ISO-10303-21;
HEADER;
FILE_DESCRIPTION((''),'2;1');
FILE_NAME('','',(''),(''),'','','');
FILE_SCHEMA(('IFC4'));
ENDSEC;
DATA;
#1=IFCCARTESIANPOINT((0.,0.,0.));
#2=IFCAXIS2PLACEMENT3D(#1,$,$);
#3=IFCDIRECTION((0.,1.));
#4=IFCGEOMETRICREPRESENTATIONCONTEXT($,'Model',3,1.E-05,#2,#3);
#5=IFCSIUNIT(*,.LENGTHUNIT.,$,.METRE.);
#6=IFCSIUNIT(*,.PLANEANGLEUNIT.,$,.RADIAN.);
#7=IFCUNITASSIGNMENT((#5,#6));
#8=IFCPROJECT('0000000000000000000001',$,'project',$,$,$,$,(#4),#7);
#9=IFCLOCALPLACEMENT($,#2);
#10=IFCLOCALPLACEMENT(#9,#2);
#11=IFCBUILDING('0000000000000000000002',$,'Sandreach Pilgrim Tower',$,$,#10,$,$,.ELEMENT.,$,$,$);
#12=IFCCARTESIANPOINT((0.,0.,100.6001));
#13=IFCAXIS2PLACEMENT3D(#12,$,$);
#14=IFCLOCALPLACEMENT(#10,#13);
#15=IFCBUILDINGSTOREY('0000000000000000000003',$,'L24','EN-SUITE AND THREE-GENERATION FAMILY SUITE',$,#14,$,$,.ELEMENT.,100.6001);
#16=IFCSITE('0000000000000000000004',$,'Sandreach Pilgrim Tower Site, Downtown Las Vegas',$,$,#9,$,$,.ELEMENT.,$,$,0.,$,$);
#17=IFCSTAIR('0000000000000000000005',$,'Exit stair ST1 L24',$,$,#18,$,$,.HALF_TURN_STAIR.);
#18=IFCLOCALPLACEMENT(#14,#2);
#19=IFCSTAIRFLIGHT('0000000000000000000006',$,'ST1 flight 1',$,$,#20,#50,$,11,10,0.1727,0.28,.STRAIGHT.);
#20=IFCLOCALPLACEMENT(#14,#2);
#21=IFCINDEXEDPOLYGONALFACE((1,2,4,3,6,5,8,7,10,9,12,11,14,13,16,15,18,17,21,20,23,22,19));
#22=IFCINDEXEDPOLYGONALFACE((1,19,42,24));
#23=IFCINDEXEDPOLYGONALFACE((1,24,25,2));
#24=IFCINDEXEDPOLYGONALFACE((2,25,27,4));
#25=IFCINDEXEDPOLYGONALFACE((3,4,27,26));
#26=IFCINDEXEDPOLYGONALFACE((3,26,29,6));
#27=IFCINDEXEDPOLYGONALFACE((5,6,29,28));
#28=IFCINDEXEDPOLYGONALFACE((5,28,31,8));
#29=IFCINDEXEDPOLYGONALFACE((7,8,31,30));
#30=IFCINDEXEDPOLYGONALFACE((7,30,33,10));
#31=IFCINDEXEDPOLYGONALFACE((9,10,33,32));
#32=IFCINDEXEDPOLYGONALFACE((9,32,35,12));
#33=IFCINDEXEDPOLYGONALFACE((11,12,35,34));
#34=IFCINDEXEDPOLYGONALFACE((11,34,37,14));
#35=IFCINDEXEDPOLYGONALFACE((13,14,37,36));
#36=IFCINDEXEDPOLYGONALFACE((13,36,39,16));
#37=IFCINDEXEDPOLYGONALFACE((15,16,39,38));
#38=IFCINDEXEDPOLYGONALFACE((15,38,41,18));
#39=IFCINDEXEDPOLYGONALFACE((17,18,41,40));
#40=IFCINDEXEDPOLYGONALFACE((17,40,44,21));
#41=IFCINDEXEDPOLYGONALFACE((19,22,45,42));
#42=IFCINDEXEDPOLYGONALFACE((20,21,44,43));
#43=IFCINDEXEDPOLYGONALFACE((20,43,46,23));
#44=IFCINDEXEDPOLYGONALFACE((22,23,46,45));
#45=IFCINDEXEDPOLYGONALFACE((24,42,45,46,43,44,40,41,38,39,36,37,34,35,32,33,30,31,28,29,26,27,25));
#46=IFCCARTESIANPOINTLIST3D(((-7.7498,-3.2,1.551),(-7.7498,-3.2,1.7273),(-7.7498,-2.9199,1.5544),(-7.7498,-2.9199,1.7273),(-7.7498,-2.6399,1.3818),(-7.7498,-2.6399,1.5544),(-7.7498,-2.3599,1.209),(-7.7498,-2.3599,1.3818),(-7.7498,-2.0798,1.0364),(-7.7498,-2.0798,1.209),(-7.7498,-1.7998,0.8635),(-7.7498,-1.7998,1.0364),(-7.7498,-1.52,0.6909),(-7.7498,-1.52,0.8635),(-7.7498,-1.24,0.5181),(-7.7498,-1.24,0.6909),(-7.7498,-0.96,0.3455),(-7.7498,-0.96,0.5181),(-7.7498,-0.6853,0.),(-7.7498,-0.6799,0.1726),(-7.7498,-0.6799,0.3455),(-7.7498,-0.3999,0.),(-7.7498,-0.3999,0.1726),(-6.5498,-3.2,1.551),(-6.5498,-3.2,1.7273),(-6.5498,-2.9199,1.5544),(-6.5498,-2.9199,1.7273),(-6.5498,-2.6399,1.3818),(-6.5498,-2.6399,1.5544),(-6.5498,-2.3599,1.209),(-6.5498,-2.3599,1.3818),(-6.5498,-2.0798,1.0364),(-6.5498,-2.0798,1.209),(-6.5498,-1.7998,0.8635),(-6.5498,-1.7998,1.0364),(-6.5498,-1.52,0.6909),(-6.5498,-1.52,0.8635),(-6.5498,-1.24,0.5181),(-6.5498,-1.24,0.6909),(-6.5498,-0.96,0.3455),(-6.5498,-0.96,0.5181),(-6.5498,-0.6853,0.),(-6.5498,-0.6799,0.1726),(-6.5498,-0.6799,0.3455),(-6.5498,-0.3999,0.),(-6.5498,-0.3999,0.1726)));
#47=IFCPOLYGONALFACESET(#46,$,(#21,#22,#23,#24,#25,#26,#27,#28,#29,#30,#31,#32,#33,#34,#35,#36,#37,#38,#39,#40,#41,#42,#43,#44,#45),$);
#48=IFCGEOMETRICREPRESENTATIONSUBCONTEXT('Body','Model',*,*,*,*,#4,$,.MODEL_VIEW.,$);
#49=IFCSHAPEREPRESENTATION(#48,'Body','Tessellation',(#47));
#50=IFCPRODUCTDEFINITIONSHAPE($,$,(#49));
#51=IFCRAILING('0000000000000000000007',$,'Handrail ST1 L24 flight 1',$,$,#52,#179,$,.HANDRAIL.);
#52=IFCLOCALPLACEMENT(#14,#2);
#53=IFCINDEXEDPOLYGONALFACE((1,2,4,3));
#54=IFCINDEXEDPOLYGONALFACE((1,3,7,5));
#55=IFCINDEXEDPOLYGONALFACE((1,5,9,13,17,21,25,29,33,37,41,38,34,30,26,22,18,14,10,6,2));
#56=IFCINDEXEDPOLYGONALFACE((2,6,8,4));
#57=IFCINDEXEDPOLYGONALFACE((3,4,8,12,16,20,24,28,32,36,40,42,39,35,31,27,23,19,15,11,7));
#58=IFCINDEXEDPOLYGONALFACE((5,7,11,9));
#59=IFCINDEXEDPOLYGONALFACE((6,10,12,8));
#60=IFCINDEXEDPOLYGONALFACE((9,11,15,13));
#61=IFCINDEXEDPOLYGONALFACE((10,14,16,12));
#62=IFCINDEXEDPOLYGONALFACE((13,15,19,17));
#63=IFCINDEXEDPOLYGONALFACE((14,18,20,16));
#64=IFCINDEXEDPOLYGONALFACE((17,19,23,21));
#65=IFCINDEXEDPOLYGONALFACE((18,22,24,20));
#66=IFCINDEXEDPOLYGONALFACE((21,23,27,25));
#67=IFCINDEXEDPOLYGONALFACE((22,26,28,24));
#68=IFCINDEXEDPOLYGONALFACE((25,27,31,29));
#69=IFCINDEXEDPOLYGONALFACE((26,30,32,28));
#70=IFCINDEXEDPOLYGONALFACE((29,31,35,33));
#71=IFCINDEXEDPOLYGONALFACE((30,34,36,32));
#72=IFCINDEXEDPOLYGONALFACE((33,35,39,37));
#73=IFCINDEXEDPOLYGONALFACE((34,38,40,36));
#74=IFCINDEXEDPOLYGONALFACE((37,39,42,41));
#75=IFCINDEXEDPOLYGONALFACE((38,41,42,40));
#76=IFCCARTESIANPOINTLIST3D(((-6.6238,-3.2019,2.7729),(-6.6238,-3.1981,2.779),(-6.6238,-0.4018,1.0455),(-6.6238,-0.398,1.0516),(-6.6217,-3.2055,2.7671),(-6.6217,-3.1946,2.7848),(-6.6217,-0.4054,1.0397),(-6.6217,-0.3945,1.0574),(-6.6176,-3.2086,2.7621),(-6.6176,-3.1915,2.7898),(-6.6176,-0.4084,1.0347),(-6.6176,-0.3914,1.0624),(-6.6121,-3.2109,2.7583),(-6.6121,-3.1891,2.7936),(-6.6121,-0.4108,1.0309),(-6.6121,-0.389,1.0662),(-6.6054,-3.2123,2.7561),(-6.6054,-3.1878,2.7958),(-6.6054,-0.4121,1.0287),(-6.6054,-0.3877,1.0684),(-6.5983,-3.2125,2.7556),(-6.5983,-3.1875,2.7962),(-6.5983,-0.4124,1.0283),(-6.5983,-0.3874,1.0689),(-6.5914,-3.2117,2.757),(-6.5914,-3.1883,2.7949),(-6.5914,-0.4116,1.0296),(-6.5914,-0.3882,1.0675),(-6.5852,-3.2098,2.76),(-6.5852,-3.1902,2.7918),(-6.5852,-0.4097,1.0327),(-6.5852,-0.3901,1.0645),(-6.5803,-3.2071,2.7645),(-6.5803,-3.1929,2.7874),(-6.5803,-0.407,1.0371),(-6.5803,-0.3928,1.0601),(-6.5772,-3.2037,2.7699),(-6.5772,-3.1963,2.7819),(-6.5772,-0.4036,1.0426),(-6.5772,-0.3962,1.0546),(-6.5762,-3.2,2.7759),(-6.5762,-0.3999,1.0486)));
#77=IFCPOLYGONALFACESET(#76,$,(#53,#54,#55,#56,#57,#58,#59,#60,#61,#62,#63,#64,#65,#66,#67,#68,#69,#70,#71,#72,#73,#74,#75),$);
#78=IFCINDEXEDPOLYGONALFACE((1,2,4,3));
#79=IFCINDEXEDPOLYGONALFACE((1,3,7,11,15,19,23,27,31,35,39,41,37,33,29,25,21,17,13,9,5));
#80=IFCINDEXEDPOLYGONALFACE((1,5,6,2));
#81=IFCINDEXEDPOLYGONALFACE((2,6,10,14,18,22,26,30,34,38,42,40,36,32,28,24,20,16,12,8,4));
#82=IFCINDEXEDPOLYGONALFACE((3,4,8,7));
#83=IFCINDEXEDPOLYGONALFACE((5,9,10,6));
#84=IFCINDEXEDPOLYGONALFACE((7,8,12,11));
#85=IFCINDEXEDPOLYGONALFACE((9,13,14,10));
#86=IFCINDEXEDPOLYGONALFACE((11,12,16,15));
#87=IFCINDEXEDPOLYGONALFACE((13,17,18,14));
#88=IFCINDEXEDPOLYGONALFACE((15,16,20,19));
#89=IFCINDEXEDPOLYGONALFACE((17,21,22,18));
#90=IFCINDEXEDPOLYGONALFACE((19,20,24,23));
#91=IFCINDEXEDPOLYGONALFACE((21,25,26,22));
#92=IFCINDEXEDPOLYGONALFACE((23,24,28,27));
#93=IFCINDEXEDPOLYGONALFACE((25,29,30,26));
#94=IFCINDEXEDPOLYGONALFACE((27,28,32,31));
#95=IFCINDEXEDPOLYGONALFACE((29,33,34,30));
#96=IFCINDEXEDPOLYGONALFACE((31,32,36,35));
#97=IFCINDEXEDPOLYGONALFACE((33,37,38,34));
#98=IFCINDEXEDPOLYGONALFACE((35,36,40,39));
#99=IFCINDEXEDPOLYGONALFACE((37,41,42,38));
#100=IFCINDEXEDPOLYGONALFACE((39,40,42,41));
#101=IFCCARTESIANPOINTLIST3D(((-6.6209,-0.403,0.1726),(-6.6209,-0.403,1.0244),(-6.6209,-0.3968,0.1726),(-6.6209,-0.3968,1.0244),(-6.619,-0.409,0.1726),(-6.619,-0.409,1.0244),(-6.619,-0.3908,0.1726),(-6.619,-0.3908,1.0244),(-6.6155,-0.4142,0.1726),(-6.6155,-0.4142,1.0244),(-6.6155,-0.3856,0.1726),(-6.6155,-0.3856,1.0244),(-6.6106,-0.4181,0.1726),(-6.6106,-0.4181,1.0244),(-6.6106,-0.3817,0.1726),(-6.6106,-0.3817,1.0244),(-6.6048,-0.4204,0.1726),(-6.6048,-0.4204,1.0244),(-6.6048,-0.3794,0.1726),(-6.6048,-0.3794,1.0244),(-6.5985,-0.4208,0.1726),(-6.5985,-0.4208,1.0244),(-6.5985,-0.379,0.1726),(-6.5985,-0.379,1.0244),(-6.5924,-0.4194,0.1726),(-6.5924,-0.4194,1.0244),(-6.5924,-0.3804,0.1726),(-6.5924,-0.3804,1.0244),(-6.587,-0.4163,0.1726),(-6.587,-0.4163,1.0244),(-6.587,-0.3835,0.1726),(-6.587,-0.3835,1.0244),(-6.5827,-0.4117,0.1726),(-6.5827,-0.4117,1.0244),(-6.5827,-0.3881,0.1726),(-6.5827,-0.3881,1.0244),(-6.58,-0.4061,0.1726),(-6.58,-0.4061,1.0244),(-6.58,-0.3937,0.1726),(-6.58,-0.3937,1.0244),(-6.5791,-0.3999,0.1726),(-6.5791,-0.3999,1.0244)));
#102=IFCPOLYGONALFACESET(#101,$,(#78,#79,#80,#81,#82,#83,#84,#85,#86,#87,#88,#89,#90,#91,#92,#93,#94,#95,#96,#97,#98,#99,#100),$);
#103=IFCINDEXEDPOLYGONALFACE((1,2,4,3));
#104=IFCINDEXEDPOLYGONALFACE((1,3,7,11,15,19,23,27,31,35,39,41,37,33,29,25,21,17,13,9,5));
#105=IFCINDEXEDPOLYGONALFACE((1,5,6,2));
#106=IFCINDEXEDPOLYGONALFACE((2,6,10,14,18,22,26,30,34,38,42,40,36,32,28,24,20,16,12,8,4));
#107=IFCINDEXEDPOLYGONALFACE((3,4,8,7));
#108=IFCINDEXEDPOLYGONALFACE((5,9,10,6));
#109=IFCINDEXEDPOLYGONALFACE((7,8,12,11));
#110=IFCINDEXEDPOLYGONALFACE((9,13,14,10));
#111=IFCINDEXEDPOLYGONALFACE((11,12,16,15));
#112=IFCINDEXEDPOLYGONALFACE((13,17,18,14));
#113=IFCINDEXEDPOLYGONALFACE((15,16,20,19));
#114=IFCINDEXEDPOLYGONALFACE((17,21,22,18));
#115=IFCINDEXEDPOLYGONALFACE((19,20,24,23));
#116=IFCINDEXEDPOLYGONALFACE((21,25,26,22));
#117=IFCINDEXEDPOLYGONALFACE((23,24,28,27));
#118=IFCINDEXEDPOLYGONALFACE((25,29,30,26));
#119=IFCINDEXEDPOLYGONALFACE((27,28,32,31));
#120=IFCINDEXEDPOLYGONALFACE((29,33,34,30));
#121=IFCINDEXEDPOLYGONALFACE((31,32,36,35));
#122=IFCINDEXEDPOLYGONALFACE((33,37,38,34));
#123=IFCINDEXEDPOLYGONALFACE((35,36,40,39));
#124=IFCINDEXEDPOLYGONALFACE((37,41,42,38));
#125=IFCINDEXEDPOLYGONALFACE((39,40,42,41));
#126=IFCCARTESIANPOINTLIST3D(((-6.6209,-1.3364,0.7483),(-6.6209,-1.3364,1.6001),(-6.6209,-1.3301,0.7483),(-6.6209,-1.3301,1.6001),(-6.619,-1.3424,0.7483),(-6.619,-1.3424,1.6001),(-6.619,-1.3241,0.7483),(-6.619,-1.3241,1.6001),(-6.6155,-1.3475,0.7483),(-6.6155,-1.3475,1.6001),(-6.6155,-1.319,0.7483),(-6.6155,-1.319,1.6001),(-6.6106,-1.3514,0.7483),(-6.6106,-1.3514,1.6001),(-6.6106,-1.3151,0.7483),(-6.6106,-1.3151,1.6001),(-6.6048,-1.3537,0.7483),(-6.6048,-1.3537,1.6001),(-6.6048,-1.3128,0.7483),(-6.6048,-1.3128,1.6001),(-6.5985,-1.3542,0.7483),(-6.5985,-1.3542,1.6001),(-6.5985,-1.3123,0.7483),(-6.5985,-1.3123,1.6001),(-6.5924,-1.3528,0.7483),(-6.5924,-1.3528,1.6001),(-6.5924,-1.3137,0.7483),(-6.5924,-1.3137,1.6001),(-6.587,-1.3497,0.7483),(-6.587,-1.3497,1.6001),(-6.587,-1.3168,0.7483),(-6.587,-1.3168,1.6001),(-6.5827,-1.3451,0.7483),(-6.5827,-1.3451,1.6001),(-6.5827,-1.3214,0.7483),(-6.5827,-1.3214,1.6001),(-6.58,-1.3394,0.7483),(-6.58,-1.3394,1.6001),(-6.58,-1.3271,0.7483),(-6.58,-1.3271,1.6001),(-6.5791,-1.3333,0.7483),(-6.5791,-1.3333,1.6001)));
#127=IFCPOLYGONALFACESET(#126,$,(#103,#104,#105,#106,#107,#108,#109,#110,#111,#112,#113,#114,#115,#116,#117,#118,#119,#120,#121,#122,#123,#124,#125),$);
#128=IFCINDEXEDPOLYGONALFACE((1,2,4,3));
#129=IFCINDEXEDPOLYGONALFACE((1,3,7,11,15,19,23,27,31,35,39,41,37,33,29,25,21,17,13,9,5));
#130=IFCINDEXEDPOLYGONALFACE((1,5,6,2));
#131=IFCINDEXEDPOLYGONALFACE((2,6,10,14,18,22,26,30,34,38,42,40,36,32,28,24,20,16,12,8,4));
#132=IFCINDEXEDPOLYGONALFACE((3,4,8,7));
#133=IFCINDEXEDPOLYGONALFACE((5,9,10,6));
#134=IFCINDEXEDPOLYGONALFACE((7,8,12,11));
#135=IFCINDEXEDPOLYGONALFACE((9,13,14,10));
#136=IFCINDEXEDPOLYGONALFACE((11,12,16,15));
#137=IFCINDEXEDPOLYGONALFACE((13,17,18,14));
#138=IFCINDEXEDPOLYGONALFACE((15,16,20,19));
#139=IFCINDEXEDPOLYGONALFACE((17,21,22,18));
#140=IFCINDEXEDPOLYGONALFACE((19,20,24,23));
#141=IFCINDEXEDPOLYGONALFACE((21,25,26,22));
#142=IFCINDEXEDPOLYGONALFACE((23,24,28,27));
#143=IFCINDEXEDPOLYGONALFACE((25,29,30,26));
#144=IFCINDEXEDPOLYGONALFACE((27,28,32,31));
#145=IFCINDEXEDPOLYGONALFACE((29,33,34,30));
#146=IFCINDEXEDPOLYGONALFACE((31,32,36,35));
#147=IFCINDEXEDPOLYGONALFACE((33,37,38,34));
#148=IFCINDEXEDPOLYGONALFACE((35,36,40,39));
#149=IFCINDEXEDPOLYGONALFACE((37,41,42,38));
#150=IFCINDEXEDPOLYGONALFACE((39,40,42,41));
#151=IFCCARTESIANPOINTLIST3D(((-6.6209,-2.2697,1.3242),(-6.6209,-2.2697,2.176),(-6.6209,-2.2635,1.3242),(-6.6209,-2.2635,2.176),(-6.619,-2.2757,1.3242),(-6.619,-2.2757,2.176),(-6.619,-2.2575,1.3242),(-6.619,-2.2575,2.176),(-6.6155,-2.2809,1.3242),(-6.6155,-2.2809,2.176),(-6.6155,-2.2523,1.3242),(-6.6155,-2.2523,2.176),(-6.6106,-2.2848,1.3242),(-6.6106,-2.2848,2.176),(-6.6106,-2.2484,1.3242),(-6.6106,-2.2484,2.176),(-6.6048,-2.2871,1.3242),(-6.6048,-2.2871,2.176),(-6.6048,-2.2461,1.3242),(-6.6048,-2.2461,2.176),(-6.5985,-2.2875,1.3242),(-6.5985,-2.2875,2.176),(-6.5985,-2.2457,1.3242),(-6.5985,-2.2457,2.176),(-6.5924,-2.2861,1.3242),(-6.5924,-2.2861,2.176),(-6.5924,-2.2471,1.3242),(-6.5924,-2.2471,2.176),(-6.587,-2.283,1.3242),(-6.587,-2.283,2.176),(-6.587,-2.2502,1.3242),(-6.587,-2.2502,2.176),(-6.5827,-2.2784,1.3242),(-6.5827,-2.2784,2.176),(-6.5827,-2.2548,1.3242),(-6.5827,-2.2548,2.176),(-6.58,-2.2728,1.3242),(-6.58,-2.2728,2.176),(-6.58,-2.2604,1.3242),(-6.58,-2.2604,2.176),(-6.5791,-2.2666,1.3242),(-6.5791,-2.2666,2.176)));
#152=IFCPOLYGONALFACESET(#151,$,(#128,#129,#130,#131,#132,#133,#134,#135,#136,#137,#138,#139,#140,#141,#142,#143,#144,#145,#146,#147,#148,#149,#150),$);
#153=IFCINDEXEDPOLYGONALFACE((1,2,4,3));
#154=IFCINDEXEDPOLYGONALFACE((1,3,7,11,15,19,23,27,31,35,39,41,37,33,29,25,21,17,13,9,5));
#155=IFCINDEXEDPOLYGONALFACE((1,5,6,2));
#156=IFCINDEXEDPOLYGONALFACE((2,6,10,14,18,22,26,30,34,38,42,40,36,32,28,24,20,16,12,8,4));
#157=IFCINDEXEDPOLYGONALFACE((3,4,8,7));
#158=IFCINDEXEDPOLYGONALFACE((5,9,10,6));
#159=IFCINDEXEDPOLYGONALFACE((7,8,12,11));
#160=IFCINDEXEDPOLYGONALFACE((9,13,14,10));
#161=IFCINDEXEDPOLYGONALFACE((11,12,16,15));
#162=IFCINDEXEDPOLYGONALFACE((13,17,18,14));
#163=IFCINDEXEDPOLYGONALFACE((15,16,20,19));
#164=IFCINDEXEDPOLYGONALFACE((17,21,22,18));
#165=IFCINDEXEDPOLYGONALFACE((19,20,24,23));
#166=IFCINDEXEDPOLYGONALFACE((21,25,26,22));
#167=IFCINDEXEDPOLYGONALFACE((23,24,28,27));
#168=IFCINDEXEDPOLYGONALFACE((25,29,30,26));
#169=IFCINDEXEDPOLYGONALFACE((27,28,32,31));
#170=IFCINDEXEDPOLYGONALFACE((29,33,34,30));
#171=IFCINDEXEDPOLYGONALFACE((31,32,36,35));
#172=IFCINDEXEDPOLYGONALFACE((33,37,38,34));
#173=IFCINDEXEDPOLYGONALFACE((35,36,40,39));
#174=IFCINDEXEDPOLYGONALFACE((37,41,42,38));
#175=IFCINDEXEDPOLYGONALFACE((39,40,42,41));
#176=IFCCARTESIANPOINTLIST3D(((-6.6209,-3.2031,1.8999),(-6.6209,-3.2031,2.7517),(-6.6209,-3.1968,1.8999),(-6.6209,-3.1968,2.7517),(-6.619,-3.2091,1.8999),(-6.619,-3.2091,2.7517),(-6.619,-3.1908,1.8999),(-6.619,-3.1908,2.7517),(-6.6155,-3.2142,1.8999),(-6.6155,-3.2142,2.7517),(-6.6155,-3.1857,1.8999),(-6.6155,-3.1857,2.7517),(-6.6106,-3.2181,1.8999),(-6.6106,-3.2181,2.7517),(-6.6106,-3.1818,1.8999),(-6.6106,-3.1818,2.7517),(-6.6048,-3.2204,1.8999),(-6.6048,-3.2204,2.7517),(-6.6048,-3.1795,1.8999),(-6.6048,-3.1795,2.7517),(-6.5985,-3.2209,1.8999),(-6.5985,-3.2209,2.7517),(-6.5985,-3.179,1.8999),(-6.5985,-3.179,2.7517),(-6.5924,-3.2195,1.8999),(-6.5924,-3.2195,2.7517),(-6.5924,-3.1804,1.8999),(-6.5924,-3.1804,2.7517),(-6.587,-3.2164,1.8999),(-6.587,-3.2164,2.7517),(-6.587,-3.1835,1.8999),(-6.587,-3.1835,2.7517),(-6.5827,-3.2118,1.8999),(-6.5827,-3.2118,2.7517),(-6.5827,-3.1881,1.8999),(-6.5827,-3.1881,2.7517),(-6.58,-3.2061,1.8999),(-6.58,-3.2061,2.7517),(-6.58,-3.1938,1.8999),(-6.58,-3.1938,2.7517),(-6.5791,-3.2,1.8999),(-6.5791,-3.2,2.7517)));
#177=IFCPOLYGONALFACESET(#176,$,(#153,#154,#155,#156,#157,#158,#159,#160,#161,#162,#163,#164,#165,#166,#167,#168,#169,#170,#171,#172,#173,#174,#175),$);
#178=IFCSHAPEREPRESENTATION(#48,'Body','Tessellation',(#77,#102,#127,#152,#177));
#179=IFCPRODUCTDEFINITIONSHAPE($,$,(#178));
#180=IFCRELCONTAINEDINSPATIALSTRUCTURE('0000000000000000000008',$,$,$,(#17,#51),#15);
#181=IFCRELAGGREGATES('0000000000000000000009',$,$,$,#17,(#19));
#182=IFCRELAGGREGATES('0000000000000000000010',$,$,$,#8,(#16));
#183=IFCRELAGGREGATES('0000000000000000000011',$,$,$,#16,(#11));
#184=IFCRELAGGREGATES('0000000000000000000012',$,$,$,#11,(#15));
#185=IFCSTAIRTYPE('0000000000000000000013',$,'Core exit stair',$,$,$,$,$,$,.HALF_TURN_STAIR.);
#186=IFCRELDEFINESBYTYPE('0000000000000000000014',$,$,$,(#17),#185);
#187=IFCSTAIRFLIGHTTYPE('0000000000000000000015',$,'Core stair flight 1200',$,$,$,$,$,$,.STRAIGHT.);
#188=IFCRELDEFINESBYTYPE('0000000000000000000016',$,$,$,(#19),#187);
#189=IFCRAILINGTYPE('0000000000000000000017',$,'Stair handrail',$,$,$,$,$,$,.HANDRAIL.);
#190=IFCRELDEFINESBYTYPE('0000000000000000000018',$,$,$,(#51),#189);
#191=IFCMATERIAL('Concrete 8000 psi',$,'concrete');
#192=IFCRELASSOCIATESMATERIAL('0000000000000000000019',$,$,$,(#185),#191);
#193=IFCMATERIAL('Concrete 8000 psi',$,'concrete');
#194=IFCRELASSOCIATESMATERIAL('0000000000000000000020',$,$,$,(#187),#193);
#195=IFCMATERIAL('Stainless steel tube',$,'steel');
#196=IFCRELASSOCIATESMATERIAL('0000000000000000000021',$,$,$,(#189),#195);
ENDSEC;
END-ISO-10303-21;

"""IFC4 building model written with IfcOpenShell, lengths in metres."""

from ifc_helpers import new_model, si_unit, direction, frame, origin, origin_2d, place, context, subcontext, project, spatial, polyline, circle, outline, extrude, material, type_object, element, aggregate, save


model = new_model("IFC4")

# Units and contexts
model_context = context("Model", 3, precision=1e-05, world=origin(), true_north=direction((0.0, 1.0)))
body_context = subcontext(model_context, "Body", "Model", "MODEL_VIEW")
ifc_project = project(units=[si_unit("LENGTHUNIT", "METRE"), si_unit("PLANEANGLEUNIT", "RADIAN")], contexts=[model_context])

# Site, building, storey
site_placement = place(None, origin())
site = spatial("IfcSite", under=ifc_project, at=site_placement, Name="Sandreach Pilgrim Tower Site, Downtown Las Vegas", CompositionType="ELEMENT", RefElevation=0.0)
building_placement = place(site_placement, origin())
building = spatial("IfcBuilding", under=site, at=building_placement, Name="Sandreach Pilgrim Tower", CompositionType="ELEMENT")
storey_placement = place(building_placement, frame((0.0, 0.0, 100.6001)))
storey = spatial("IfcBuildingStorey", under=building, at=storey_placement, Name="L24", Description="EN-SUITE AND THREE-GENERATION FAMILY SUITE", CompositionType="ELEMENT", Elevation=100.6001)

# Stair, stair flight
ifc_material_1 = material(Name="Concrete 8000 psi", Category="concrete")
stair_type = type_object("IfcStairType", Name="Core exit stair", PredefinedType="HALF_TURN_STAIR", material=ifc_material_1)
stair_placement = place(storey_placement, origin())
stair = element("IfcStair", 1, at=stair_placement, inside=storey, type_object=stair_type, Name="Exit stair ST1 L24", PredefinedType="HALF_TURN_STAIR")
ifc_material_2 = material(Name="Concrete 8000 psi", Category="concrete")
stair_flight_type = type_object("IfcStairFlightType", Name="Core stair flight 1200", PredefinedType="STRAIGHT", material=ifc_material_2)
stair_flight_placement = place(storey_placement, frame((-7.1499, -0.3999, 0.0), z_axis=(0.0, 0.0, 1.0), x_axis=(0.0, -1.0, 0.0)))
stair_flight = element("IfcStairFlight", 2, at=stair_flight_placement, type_object=stair_flight_type, Name="ST1 flight 1", NumberOfRisers=11, NumberOfTreads=10, PredefinedType="STRAIGHT", RiserHeight=0.1727, TreadLength=0.28, context=body_context, shape_type="SweptSolid", body=[
    extrude(outline(polyline([(0.0, 0.0), (0.0, 0.1726), (0.28, 0.1726), (0.28, 0.3455), (0.5601, 0.3455), (0.5601, 0.5181), (0.8401, 0.5181), (0.8401, 0.6909), (1.1201, 0.6909), (1.1201, 0.8635), (1.3999, 0.8635), (1.3999, 1.0364), (1.6799, 1.0364), (1.6799, 1.209), (1.96, 1.209), (1.96, 1.3818), (2.24, 1.3818), (2.24, 1.5544), (2.52, 1.5544), (2.52, 1.7273), (2.8, 1.7273), (2.8, 1.8999), (2.8, 1.551), (0.2854, 0.0), (0.0, 0.0)])), frame((0.0, 0.6001, 0.0), z_axis=(0.0, -1.0, 0.0), x_axis=(1.0, 0.0, 0.0)), (0.0, 0.0, 1.0), 1.2),
])
aggregate(stair, [stair_flight])

# Railing
ifc_material_3 = material(Name="Stainless steel tube", Category="steel")
railing_type = type_object("IfcRailingType", Name="Stair handrail", PredefinedType="HANDRAIL", material=ifc_material_3)
for number, where, name in (
    (3, (-6.6001, -0.3999, 0.1726), "Handrail ST1 L24 flight 1"),
):
    element("IfcRailing", number, at=place(storey_placement, frame(where)), inside=storey, type_object=railing_type, Name=name, PredefinedType="HANDRAIL", context=body_context, shape_type="SweptSolid", body=[
        extrude(circle(Radius=0.0239, at=origin_2d()), frame((0.0, 0.0, 0.876), z_axis=(0.0, -0.85109, 0.52502), x_axis=(1.0, 0.0, 0.0)), (0.0, 0.0, 1.0), 3.29),
        extrude(circle(Radius=0.021, at=origin_2d()), origin(), (0.0, 0.0, 1.0), 0.8518),
        extrude(circle(Radius=0.021, at=origin_2d()), frame((0.0, -0.9333, 0.5757)), (0.0, 0.0, 1.0), 0.8518),
        extrude(circle(Radius=0.021, at=origin_2d()), frame((0.0, -1.8667, 1.1516)), (0.0, 0.0, 1.0), 0.8518),
        extrude(circle(Radius=0.021, at=origin_2d()), frame((0.0, -2.8, 1.7273)), (0.0, 0.0, 1.0), 0.8518),
    ])

save(model, "model.ifc")
